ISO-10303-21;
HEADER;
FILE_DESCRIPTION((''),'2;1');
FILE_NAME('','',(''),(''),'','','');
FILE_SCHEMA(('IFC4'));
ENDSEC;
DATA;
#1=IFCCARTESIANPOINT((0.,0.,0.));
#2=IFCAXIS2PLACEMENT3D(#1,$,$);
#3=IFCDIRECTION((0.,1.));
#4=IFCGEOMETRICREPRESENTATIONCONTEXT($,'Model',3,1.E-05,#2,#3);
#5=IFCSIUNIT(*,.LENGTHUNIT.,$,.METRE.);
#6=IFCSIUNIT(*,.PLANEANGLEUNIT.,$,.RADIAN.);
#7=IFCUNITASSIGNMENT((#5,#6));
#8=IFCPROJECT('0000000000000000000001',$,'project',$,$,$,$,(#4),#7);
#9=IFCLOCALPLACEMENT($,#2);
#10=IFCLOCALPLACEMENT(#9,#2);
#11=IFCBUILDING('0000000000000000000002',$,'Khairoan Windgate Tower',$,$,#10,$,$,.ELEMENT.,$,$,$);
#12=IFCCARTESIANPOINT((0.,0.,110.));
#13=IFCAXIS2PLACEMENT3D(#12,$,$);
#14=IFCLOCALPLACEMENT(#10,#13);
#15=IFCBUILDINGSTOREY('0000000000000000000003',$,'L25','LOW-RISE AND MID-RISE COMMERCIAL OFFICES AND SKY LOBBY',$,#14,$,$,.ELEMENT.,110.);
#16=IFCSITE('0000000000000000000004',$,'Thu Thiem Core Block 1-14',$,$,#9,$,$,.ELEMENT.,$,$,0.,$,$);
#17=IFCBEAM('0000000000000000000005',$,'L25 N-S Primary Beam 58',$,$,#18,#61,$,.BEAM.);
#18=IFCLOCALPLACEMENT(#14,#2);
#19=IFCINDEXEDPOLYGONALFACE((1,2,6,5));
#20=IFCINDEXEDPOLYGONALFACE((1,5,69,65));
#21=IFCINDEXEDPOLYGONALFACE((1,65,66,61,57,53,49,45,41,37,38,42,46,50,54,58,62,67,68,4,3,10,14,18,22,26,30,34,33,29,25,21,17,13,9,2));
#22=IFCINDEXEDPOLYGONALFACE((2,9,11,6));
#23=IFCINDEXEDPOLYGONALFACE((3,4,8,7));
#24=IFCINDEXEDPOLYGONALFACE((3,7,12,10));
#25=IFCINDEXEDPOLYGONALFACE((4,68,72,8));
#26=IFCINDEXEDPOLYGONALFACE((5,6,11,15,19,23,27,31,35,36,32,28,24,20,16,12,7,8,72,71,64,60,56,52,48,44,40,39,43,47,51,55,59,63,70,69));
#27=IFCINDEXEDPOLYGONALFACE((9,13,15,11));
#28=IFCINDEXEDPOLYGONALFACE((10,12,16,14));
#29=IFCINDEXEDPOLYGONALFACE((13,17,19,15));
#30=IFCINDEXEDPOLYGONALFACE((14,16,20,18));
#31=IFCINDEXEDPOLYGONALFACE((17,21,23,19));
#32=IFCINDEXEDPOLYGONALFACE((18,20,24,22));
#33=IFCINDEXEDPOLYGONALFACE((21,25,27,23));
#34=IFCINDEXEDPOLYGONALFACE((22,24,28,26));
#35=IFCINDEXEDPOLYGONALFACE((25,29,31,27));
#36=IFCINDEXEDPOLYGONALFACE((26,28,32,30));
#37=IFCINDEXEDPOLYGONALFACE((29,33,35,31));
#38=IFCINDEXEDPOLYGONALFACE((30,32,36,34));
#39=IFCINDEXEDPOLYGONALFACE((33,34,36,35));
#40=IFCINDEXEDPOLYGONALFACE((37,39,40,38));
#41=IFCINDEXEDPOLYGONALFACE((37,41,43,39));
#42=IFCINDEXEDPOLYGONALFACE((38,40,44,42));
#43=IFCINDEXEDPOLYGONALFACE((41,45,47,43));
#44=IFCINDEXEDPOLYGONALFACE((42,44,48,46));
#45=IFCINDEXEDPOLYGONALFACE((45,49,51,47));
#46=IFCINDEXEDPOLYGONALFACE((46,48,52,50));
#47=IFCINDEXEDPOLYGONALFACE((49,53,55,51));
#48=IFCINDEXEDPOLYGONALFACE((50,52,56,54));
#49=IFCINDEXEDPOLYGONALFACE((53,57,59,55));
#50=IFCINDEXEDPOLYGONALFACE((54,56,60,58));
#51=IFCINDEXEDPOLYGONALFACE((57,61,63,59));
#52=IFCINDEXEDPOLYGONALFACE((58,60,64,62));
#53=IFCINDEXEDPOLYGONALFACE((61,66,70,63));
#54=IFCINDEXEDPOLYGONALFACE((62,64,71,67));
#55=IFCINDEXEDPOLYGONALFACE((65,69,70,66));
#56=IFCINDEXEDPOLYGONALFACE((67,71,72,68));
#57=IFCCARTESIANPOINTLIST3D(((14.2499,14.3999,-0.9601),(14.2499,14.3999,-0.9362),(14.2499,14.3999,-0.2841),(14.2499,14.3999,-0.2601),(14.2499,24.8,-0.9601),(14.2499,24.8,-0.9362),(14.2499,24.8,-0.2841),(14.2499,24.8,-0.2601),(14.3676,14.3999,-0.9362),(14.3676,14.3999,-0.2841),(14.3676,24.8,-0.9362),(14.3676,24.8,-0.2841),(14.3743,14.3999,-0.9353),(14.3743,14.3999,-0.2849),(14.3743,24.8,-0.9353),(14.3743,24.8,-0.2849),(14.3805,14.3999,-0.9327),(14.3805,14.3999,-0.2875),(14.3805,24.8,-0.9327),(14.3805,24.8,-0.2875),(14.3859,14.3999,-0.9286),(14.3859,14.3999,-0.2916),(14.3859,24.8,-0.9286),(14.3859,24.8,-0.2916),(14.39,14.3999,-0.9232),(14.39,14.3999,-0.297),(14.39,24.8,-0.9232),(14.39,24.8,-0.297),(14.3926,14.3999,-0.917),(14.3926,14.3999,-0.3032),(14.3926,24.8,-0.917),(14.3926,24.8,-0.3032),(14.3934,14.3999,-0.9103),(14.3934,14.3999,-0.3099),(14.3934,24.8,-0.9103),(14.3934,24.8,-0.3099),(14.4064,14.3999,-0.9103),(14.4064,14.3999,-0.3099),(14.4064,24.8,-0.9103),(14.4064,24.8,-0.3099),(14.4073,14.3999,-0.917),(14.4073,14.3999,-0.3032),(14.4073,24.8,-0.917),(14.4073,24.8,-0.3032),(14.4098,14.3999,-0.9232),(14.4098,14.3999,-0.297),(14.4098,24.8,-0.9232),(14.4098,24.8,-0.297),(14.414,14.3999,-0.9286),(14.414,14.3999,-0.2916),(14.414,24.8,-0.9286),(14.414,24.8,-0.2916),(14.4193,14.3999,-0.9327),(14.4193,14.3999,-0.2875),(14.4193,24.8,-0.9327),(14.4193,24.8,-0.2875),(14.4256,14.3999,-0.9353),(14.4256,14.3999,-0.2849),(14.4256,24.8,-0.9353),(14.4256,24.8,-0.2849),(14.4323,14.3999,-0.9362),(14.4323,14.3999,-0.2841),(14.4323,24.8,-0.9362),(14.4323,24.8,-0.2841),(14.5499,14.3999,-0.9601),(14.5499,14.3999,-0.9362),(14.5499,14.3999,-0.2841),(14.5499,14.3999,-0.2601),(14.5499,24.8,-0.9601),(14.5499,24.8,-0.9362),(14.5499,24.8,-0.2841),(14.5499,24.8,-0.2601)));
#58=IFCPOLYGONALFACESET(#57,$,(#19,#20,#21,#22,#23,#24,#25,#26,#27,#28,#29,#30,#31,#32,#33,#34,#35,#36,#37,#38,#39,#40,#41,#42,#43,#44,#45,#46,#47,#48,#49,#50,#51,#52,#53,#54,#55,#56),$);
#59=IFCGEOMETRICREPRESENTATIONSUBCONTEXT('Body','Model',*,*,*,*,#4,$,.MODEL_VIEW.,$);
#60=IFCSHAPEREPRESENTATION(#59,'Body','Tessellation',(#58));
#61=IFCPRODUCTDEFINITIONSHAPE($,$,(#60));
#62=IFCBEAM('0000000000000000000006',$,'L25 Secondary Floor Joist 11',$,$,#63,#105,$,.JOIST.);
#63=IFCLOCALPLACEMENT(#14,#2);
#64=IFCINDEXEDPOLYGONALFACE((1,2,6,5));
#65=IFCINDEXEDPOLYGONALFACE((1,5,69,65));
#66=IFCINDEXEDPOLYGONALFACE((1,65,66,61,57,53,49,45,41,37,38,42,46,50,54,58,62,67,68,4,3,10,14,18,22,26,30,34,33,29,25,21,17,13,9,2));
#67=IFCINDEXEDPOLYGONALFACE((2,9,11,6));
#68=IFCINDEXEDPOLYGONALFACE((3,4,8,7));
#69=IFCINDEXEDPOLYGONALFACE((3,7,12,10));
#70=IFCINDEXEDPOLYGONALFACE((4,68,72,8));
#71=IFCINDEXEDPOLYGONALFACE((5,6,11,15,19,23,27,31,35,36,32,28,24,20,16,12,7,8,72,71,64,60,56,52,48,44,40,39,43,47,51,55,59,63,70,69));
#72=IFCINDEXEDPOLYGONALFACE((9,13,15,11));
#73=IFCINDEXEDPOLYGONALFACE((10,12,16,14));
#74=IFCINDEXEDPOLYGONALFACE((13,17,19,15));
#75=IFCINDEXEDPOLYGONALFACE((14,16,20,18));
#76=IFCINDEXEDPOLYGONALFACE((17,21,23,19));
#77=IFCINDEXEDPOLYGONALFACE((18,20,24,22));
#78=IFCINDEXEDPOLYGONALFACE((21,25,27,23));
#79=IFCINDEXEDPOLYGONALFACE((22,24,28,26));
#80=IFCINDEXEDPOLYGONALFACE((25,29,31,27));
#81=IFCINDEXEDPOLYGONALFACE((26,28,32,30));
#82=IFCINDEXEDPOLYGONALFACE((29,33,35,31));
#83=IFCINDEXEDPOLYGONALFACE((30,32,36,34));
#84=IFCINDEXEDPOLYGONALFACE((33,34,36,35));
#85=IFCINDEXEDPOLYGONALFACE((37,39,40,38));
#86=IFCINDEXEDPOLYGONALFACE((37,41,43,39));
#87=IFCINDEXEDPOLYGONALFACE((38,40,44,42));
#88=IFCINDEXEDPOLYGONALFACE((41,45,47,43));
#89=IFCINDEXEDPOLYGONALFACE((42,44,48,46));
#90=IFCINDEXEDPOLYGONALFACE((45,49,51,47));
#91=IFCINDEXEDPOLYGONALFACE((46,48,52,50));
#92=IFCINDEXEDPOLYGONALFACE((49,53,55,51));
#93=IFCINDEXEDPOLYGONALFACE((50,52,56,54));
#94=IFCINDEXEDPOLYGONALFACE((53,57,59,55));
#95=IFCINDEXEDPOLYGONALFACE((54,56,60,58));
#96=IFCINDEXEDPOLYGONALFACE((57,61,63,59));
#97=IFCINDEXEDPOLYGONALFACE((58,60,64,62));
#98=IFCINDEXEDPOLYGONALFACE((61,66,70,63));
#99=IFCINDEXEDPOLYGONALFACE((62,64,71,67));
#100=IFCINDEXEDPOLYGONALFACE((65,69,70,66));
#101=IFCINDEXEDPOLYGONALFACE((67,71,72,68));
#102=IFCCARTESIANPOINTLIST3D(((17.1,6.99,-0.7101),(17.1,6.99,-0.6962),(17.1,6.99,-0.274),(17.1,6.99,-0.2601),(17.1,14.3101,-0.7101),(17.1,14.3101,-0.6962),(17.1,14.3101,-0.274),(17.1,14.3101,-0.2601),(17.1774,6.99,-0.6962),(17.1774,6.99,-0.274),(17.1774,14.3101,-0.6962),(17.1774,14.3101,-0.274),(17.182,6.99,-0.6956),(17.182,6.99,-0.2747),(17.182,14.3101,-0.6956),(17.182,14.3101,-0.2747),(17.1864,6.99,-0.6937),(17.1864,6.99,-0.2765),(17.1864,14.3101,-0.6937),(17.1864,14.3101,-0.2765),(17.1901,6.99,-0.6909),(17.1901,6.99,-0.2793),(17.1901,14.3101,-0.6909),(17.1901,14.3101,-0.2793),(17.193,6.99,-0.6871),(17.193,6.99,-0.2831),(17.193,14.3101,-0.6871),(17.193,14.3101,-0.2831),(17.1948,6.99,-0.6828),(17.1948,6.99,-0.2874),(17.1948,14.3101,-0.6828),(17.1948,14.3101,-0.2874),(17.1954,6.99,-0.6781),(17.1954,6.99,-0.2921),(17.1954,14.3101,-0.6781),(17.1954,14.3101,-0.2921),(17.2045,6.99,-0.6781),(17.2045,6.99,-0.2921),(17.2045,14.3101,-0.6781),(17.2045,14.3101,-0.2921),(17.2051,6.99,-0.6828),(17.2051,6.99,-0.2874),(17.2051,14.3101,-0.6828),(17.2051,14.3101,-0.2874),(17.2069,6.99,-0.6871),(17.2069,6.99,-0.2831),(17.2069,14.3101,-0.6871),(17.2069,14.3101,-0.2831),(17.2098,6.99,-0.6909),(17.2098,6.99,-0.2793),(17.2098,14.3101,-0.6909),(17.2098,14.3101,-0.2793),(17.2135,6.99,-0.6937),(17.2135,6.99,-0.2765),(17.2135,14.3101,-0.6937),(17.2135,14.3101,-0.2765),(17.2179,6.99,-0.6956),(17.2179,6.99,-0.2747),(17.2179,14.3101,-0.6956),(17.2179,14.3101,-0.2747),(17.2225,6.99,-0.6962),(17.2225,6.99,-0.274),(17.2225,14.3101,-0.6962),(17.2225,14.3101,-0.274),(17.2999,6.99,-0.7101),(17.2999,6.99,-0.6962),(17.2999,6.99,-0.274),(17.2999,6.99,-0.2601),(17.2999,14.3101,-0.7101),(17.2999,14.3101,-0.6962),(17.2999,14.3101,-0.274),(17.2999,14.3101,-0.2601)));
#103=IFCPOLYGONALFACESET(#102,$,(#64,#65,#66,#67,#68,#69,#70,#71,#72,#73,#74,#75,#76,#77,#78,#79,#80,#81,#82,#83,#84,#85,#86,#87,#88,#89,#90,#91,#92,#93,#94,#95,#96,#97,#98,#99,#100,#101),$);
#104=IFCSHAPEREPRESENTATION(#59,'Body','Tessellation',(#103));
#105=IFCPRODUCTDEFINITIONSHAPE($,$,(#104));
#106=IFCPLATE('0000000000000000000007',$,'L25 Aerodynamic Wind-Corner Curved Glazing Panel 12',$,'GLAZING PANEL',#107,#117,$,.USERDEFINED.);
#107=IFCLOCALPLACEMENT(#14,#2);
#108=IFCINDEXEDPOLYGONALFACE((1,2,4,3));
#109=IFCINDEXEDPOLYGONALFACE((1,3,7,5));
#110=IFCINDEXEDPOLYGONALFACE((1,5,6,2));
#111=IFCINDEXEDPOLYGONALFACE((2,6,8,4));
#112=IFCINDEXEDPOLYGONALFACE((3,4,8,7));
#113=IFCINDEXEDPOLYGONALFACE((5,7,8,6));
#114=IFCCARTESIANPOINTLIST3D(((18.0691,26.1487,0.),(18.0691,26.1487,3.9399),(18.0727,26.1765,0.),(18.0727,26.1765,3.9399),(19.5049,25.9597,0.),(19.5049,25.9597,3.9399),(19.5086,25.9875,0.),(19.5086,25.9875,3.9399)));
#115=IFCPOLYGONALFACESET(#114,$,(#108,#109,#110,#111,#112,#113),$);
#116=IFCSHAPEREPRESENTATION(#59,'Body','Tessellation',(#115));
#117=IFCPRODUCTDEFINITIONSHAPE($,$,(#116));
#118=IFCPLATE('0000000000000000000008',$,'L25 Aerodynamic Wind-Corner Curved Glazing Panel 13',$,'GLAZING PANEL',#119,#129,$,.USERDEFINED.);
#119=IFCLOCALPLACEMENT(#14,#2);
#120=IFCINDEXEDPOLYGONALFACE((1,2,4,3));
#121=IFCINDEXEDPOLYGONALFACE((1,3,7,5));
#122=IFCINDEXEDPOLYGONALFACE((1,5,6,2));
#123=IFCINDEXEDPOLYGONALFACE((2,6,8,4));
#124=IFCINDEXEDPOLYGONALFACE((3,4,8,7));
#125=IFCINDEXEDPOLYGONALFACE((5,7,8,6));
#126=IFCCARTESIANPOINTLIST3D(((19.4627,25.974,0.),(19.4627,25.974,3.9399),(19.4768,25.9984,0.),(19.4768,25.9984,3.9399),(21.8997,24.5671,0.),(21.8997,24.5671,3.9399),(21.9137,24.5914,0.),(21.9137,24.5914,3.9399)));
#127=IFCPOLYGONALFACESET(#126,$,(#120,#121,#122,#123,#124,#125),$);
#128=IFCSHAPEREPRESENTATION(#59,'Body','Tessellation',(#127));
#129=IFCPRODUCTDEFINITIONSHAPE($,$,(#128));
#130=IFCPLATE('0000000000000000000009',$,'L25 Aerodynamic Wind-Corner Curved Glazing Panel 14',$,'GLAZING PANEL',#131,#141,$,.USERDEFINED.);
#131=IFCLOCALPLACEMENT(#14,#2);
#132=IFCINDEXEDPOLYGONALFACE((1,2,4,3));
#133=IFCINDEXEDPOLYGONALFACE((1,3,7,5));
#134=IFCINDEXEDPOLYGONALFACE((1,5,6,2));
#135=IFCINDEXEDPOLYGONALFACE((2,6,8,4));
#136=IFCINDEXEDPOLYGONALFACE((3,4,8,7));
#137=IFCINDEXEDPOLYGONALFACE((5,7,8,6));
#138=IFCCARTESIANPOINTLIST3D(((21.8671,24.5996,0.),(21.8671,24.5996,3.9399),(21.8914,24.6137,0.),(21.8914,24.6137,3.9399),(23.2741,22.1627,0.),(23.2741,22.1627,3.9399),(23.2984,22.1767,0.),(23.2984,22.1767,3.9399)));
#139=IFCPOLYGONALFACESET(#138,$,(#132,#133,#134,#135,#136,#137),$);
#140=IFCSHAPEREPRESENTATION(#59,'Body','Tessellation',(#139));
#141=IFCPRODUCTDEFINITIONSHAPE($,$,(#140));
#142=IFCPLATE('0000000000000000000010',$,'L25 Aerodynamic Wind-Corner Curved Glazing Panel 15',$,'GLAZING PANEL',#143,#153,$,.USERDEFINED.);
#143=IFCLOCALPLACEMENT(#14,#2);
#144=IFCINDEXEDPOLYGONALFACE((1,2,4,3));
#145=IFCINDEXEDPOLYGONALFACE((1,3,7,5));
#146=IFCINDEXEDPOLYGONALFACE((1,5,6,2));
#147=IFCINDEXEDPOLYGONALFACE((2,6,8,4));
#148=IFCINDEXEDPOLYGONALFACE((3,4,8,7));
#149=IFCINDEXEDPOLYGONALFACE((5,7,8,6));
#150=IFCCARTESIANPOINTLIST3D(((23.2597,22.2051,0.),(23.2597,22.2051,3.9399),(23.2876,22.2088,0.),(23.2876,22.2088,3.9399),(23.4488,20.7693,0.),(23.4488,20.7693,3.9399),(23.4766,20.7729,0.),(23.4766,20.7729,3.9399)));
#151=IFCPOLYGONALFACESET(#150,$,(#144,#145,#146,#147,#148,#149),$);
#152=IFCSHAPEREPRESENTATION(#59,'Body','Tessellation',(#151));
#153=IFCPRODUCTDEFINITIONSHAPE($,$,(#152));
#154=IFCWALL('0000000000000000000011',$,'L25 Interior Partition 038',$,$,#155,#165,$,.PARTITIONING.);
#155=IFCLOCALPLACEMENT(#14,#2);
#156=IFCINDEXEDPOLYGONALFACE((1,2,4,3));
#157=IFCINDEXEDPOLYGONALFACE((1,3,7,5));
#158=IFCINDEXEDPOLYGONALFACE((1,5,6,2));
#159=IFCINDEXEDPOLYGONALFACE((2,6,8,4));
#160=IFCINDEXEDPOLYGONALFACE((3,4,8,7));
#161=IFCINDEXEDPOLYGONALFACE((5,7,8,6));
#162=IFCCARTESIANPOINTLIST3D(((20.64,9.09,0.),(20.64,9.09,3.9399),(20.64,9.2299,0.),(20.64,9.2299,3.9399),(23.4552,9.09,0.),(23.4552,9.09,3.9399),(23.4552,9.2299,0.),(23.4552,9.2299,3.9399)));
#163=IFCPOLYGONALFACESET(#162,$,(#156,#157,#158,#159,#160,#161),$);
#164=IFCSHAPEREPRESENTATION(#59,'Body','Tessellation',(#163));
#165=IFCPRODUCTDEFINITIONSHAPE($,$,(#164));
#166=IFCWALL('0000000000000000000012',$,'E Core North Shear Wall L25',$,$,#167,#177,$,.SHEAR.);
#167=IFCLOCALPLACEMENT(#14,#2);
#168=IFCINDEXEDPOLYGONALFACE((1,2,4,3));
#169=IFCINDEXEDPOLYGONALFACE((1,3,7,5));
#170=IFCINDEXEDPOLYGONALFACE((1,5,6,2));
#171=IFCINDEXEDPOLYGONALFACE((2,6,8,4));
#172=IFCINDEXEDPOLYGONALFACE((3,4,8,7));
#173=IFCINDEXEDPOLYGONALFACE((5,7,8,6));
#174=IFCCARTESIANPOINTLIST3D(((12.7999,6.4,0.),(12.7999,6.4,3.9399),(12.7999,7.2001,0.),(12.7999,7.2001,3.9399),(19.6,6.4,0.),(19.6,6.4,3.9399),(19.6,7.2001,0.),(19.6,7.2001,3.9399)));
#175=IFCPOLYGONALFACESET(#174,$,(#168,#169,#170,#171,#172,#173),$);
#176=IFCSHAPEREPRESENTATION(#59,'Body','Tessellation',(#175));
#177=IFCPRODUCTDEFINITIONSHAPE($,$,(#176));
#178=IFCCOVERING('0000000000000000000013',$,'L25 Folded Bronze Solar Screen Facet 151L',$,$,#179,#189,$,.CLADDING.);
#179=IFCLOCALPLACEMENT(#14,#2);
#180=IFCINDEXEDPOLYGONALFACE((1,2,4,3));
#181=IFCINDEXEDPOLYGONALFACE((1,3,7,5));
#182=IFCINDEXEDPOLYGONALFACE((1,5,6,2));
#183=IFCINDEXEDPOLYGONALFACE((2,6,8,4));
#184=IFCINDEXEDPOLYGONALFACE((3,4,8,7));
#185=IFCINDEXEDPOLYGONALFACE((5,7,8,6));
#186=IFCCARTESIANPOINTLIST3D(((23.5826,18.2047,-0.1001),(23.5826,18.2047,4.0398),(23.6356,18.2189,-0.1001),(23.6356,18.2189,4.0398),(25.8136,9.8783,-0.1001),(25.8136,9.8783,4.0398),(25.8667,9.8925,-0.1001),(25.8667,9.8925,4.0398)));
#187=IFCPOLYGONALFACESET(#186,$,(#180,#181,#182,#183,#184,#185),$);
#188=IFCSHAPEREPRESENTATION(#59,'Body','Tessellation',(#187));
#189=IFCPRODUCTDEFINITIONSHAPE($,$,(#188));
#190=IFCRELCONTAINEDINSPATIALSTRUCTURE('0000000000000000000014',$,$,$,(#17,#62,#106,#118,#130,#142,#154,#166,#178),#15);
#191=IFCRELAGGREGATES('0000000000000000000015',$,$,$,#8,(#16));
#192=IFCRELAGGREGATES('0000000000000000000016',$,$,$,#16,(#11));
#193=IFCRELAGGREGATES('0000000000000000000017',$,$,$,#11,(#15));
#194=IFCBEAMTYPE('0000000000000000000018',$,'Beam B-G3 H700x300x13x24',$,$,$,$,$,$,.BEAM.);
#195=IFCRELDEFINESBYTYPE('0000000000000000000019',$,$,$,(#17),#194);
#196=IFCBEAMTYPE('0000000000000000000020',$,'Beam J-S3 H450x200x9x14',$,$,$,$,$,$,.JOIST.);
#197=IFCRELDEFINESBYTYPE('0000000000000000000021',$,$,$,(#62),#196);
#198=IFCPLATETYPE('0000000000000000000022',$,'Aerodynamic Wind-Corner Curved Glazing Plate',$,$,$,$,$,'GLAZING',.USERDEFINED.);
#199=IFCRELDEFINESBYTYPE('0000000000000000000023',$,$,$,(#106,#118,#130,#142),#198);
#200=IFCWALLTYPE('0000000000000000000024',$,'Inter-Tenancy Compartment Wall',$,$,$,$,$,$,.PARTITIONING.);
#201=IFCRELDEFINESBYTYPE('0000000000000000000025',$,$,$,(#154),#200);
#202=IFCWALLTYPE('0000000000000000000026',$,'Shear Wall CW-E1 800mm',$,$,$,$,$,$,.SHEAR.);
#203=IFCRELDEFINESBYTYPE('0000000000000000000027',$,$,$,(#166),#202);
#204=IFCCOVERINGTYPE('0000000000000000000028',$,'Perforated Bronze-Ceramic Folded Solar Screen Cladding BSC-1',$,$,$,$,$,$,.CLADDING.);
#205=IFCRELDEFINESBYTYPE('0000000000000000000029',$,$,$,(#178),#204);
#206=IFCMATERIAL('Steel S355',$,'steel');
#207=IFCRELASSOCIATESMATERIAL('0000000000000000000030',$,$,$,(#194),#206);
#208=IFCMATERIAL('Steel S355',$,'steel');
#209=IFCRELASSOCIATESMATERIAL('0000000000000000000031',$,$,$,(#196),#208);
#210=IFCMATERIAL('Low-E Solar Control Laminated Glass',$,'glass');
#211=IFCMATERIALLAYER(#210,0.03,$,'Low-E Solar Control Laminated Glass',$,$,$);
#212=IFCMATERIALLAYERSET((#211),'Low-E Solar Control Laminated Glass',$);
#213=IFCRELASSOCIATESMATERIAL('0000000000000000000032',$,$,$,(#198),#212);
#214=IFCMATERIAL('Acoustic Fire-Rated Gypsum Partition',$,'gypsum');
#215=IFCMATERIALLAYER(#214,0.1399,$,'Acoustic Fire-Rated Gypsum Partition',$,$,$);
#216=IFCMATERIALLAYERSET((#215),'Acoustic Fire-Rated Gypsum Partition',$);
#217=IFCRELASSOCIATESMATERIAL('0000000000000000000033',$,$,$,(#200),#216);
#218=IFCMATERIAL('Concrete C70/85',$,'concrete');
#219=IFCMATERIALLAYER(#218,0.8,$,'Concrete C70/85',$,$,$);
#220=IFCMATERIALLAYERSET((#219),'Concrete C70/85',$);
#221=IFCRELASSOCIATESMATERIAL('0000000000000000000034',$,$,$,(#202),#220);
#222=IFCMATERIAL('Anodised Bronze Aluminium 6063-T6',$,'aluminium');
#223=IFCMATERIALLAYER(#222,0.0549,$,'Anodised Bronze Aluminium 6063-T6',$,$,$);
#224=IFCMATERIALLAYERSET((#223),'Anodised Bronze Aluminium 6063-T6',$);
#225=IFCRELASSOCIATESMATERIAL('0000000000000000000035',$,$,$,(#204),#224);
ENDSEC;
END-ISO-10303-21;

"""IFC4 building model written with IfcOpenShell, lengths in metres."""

from ifc_helpers import new_model, si_unit, direction, frame, frame_2d, origin, origin_2d, place, context, subcontext, project, spatial, rectangle, i_section, extrude, material, layer, layer_set, material_profile, profile_set, type_object, element, save


model = new_model("IFC4")

# Units and contexts
model_context = context("Model", 3, precision=1e-05, world=origin(), true_north=direction((0.0, 1.0)))
body_context = subcontext(model_context, "Body", "Model", "MODEL_VIEW")
ifc_project = project(units=[si_unit("LENGTHUNIT", "METRE"), si_unit("PLANEANGLEUNIT", "RADIAN")], contexts=[model_context])

# Site, building, storey
site_placement = place(None, origin())
site = spatial("IfcSite", under=ifc_project, at=site_placement, Name="Thu Thiem Core Block 1-14", CompositionType="ELEMENT", RefElevation=0.0)
building_placement = place(site_placement, origin())
building = spatial("IfcBuilding", under=site, at=building_placement, Name="Khairoan Windgate Tower", CompositionType="ELEMENT")
storey_placement = place(building_placement, frame((0.0, 0.0, 110.0)))
storey = spatial("IfcBuildingStorey", under=building, at=storey_placement, Name="L25", Description="LOW-RISE AND MID-RISE COMMERCIAL OFFICES AND SKY LOBBY", CompositionType="ELEMENT", Elevation=110.0)

# Beams
ifc_material_1 = material(Name="Steel S355", Category="steel")
ifc_material_profile_1 = material_profile(ifc_material_1, i_section(OverallWidth=0.3, OverallDepth=0.7, WebThickness=0.0129, FlangeThickness=0.0239, FilletRadius=0.0259, at=origin_2d()))
ifc_profile_set_1 = profile_set([ifc_material_profile_1], Name="Steel S355")
beam_type_1 = type_object("IfcBeamType", Name="Beam B-G3 H700x300x13x24", PredefinedType="BEAM", material=ifc_profile_set_1)
beam_1_placement = place(storey_placement, frame((14.3999, 14.3999, -0.6101), z_axis=(0.0, 1.0, 0.0), x_axis=(-1.0, 0.0, 0.0)))
element("IfcBeam", 1, at=beam_1_placement, inside=storey, type_object=beam_type_1, Name="L25 N-S Primary Beam 58", PredefinedType="BEAM", context=body_context, shape_type="SweptSolid", body=[
    extrude(i_section(OverallWidth=0.3, OverallDepth=0.7, WebThickness=0.0129, FlangeThickness=0.0239, FilletRadius=0.0259, at=origin_2d()), origin(), (0.0, 0.0, 1.0), 10.4001),
])
ifc_material_2 = material(Name="Steel S355", Category="steel")
ifc_material_profile_2 = material_profile(ifc_material_2, i_section(OverallWidth=0.2, OverallDepth=0.45, WebThickness=0.009, FlangeThickness=0.0139, FilletRadius=0.0181, at=origin_2d()))
ifc_profile_set_2 = profile_set([ifc_material_profile_2], Name="Steel S355")
beam_type_2 = type_object("IfcBeamType", Name="Beam J-S3 H450x200x9x14", PredefinedType="JOIST", material=ifc_profile_set_2)
beam_2_placement = place(storey_placement, frame((17.2, 6.99, -0.4851), z_axis=(0.0, 1.0, 0.0), x_axis=(-1.0, 0.0, 0.0)))
element("IfcBeam", 2, at=beam_2_placement, inside=storey, type_object=beam_type_2, Name="L25 Secondary Floor Joist 11", PredefinedType="JOIST", context=body_context, shape_type="SweptSolid", body=[
    extrude(i_section(OverallWidth=0.2, OverallDepth=0.45, WebThickness=0.009, FlangeThickness=0.0139, FilletRadius=0.0181, at=origin_2d()), origin(), (0.0, 0.0, 1.0), 7.3201),
])

# Plates
ifc_material_3 = material(Name="Low-E Solar Control Laminated Glass", Category="glass")
ifc_layer_1 = layer(ifc_material_3, 0.03, Name="Low-E Solar Control Laminated Glass")
ifc_layer_set_1 = layer_set([ifc_layer_1], Name="Low-E Solar Control Laminated Glass")
plate_type_1 = type_object("IfcPlateType", Name="Aerodynamic Wind-Corner Curved Glazing Plate", ElementType="GLAZING", PredefinedType="USERDEFINED", material=ifc_layer_set_1)
plate_1_placement = place(storey_placement, frame((18.7888, 26.0681, 0.0), z_axis=(0.0, 0.0, 1.0), x_axis=(0.991445, -0.130526, 0.0)))
element("IfcPlate", 3, at=plate_1_placement, inside=storey, type_object=plate_type_1, Name="L25 Aerodynamic Wind-Corner Curved Glazing Panel 12", ObjectType="GLAZING PANEL", PredefinedType="USERDEFINED", context=body_context, shape_type="SweptSolid", body=[
    extrude(rectangle(XDim=1.4482, YDim=0.0281, at=origin_2d()), origin(), (0.0, 0.0, 1.0), 3.9399),
])
for number, where, z_axis, x_axis, name in (
    (4, (20.6882, 25.2827, 0.0), (0.0, 0.0, 1.0), (0.866025, -0.5, 0.0), "L25 Aerodynamic Wind-Corner Curved Glazing Panel 13"),
    (5, (22.5828, 23.3882, 0.0), (0.0, 0.0, 1.0), (0.5, -0.866025, 0.0), "L25 Aerodynamic Wind-Corner Curved Glazing Panel 14"),
):
    element("IfcPlate", number, at=place(storey_placement, frame(where, z_axis=z_axis, x_axis=x_axis)), inside=storey, type_object=plate_type_1, Name=name, ObjectType="GLAZING PANEL", PredefinedType="USERDEFINED", context=body_context, shape_type="SweptSolid", body=[
        extrude(rectangle(XDim=2.814, YDim=0.0281, at=origin_2d()), origin(), (0.0, 0.0, 1.0), 3.9399),
    ])
plate_2_placement = place(storey_placement, frame((23.3682, 21.489, 0.0), z_axis=(0.0, 0.0, 1.0), x_axis=(0.130526, -0.991445, 0.0)))
element("IfcPlate", 6, at=plate_2_placement, inside=storey, type_object=plate_type_1, Name="L25 Aerodynamic Wind-Corner Curved Glazing Panel 15", ObjectType="GLAZING PANEL", PredefinedType="USERDEFINED", context=body_context, shape_type="SweptSolid", body=[
    extrude(rectangle(XDim=1.4482, YDim=0.0281, at=origin_2d()), origin(), (0.0, 0.0, 1.0), 3.9399),
])

# Wall
ifc_material_4 = material(Name="Acoustic Fire-Rated Gypsum Partition", Category="gypsum")
ifc_layer_2 = layer(ifc_material_4, 0.1399, Name="Acoustic Fire-Rated Gypsum Partition")
ifc_layer_set_2 = layer_set([ifc_layer_2], Name="Acoustic Fire-Rated Gypsum Partition")
wall_type_1 = type_object("IfcWallType", Name="Inter-Tenancy Compartment Wall", PredefinedType="PARTITIONING", material=ifc_layer_set_2)
wall_1_placement = place(storey_placement, frame((20.6399, 9.1599, 0.0), z_axis=(0.0, 0.0, 1.0), x_axis=(1.0, 0.0, 0.0)))
element("IfcWall", 7, at=wall_1_placement, inside=storey, type_object=wall_type_1, Name="L25 Interior Partition 038", PredefinedType="PARTITIONING", context=body_context, shape_type="SweptSolid", body=[
    extrude(rectangle(XDim=2.8152, YDim=0.1399, at=frame_2d((1.4077, 0.0))), origin(), (0.0, 0.0, 1.0), 3.9399),
])

# Wall
ifc_material_5 = material(Name="Concrete C70/85", Category="concrete")
ifc_layer_3 = layer(ifc_material_5, 0.8, Name="Concrete C70/85")
ifc_layer_set_3 = layer_set([ifc_layer_3], Name="Concrete C70/85")
wall_type_2 = type_object("IfcWallType", Name="Shear Wall CW-E1 800mm", PredefinedType="SHEAR", material=ifc_layer_set_3)
wall_2_placement = place(storey_placement, frame((12.8, 6.8, 0.0), z_axis=(0.0, 0.0, 1.0), x_axis=(1.0, 0.0, 0.0)))
element("IfcWall", 8, at=wall_2_placement, inside=storey, type_object=wall_type_2, Name="E Core North Shear Wall L25", PredefinedType="SHEAR", context=body_context, shape_type="SweptSolid", body=[
    extrude(rectangle(XDim=6.8, YDim=0.8, at=frame_2d((3.3999, 0.0))), origin(), (0.0, 0.0, 1.0), 3.9399),
])

# Covering
ifc_material_6 = material(Name="Anodised Bronze Aluminium 6063-T6", Category="aluminium")
ifc_layer_4 = layer(ifc_material_6, 0.0549, Name="Anodised Bronze Aluminium 6063-T6")
ifc_layer_set_4 = layer_set([ifc_layer_4], Name="Anodised Bronze Aluminium 6063-T6")
covering_type = type_object("IfcCoveringType", Name="Perforated Bronze-Ceramic Folded Solar Screen Cladding BSC-1", PredefinedType="CLADDING", material=ifc_layer_set_4)
covering_placement = place(storey_placement, frame((24.7246, 14.0486, -0.1001), z_axis=(0.0, 0.0, 1.0), x_axis=(0.258819, -0.965926, 0.0)))
element("IfcCovering", 9, at=covering_placement, inside=storey, type_object=covering_type, Name="L25 Folded Bronze Solar Screen Facet 151L", PredefinedType="CLADDING", context=body_context, shape_type="SweptSolid", body=[
    extrude(rectangle(XDim=8.6201, YDim=0.0549, at=origin_2d()), origin(), (0.0, 0.0, 1.0), 4.1399),
])

save(model, "model.ifc")
